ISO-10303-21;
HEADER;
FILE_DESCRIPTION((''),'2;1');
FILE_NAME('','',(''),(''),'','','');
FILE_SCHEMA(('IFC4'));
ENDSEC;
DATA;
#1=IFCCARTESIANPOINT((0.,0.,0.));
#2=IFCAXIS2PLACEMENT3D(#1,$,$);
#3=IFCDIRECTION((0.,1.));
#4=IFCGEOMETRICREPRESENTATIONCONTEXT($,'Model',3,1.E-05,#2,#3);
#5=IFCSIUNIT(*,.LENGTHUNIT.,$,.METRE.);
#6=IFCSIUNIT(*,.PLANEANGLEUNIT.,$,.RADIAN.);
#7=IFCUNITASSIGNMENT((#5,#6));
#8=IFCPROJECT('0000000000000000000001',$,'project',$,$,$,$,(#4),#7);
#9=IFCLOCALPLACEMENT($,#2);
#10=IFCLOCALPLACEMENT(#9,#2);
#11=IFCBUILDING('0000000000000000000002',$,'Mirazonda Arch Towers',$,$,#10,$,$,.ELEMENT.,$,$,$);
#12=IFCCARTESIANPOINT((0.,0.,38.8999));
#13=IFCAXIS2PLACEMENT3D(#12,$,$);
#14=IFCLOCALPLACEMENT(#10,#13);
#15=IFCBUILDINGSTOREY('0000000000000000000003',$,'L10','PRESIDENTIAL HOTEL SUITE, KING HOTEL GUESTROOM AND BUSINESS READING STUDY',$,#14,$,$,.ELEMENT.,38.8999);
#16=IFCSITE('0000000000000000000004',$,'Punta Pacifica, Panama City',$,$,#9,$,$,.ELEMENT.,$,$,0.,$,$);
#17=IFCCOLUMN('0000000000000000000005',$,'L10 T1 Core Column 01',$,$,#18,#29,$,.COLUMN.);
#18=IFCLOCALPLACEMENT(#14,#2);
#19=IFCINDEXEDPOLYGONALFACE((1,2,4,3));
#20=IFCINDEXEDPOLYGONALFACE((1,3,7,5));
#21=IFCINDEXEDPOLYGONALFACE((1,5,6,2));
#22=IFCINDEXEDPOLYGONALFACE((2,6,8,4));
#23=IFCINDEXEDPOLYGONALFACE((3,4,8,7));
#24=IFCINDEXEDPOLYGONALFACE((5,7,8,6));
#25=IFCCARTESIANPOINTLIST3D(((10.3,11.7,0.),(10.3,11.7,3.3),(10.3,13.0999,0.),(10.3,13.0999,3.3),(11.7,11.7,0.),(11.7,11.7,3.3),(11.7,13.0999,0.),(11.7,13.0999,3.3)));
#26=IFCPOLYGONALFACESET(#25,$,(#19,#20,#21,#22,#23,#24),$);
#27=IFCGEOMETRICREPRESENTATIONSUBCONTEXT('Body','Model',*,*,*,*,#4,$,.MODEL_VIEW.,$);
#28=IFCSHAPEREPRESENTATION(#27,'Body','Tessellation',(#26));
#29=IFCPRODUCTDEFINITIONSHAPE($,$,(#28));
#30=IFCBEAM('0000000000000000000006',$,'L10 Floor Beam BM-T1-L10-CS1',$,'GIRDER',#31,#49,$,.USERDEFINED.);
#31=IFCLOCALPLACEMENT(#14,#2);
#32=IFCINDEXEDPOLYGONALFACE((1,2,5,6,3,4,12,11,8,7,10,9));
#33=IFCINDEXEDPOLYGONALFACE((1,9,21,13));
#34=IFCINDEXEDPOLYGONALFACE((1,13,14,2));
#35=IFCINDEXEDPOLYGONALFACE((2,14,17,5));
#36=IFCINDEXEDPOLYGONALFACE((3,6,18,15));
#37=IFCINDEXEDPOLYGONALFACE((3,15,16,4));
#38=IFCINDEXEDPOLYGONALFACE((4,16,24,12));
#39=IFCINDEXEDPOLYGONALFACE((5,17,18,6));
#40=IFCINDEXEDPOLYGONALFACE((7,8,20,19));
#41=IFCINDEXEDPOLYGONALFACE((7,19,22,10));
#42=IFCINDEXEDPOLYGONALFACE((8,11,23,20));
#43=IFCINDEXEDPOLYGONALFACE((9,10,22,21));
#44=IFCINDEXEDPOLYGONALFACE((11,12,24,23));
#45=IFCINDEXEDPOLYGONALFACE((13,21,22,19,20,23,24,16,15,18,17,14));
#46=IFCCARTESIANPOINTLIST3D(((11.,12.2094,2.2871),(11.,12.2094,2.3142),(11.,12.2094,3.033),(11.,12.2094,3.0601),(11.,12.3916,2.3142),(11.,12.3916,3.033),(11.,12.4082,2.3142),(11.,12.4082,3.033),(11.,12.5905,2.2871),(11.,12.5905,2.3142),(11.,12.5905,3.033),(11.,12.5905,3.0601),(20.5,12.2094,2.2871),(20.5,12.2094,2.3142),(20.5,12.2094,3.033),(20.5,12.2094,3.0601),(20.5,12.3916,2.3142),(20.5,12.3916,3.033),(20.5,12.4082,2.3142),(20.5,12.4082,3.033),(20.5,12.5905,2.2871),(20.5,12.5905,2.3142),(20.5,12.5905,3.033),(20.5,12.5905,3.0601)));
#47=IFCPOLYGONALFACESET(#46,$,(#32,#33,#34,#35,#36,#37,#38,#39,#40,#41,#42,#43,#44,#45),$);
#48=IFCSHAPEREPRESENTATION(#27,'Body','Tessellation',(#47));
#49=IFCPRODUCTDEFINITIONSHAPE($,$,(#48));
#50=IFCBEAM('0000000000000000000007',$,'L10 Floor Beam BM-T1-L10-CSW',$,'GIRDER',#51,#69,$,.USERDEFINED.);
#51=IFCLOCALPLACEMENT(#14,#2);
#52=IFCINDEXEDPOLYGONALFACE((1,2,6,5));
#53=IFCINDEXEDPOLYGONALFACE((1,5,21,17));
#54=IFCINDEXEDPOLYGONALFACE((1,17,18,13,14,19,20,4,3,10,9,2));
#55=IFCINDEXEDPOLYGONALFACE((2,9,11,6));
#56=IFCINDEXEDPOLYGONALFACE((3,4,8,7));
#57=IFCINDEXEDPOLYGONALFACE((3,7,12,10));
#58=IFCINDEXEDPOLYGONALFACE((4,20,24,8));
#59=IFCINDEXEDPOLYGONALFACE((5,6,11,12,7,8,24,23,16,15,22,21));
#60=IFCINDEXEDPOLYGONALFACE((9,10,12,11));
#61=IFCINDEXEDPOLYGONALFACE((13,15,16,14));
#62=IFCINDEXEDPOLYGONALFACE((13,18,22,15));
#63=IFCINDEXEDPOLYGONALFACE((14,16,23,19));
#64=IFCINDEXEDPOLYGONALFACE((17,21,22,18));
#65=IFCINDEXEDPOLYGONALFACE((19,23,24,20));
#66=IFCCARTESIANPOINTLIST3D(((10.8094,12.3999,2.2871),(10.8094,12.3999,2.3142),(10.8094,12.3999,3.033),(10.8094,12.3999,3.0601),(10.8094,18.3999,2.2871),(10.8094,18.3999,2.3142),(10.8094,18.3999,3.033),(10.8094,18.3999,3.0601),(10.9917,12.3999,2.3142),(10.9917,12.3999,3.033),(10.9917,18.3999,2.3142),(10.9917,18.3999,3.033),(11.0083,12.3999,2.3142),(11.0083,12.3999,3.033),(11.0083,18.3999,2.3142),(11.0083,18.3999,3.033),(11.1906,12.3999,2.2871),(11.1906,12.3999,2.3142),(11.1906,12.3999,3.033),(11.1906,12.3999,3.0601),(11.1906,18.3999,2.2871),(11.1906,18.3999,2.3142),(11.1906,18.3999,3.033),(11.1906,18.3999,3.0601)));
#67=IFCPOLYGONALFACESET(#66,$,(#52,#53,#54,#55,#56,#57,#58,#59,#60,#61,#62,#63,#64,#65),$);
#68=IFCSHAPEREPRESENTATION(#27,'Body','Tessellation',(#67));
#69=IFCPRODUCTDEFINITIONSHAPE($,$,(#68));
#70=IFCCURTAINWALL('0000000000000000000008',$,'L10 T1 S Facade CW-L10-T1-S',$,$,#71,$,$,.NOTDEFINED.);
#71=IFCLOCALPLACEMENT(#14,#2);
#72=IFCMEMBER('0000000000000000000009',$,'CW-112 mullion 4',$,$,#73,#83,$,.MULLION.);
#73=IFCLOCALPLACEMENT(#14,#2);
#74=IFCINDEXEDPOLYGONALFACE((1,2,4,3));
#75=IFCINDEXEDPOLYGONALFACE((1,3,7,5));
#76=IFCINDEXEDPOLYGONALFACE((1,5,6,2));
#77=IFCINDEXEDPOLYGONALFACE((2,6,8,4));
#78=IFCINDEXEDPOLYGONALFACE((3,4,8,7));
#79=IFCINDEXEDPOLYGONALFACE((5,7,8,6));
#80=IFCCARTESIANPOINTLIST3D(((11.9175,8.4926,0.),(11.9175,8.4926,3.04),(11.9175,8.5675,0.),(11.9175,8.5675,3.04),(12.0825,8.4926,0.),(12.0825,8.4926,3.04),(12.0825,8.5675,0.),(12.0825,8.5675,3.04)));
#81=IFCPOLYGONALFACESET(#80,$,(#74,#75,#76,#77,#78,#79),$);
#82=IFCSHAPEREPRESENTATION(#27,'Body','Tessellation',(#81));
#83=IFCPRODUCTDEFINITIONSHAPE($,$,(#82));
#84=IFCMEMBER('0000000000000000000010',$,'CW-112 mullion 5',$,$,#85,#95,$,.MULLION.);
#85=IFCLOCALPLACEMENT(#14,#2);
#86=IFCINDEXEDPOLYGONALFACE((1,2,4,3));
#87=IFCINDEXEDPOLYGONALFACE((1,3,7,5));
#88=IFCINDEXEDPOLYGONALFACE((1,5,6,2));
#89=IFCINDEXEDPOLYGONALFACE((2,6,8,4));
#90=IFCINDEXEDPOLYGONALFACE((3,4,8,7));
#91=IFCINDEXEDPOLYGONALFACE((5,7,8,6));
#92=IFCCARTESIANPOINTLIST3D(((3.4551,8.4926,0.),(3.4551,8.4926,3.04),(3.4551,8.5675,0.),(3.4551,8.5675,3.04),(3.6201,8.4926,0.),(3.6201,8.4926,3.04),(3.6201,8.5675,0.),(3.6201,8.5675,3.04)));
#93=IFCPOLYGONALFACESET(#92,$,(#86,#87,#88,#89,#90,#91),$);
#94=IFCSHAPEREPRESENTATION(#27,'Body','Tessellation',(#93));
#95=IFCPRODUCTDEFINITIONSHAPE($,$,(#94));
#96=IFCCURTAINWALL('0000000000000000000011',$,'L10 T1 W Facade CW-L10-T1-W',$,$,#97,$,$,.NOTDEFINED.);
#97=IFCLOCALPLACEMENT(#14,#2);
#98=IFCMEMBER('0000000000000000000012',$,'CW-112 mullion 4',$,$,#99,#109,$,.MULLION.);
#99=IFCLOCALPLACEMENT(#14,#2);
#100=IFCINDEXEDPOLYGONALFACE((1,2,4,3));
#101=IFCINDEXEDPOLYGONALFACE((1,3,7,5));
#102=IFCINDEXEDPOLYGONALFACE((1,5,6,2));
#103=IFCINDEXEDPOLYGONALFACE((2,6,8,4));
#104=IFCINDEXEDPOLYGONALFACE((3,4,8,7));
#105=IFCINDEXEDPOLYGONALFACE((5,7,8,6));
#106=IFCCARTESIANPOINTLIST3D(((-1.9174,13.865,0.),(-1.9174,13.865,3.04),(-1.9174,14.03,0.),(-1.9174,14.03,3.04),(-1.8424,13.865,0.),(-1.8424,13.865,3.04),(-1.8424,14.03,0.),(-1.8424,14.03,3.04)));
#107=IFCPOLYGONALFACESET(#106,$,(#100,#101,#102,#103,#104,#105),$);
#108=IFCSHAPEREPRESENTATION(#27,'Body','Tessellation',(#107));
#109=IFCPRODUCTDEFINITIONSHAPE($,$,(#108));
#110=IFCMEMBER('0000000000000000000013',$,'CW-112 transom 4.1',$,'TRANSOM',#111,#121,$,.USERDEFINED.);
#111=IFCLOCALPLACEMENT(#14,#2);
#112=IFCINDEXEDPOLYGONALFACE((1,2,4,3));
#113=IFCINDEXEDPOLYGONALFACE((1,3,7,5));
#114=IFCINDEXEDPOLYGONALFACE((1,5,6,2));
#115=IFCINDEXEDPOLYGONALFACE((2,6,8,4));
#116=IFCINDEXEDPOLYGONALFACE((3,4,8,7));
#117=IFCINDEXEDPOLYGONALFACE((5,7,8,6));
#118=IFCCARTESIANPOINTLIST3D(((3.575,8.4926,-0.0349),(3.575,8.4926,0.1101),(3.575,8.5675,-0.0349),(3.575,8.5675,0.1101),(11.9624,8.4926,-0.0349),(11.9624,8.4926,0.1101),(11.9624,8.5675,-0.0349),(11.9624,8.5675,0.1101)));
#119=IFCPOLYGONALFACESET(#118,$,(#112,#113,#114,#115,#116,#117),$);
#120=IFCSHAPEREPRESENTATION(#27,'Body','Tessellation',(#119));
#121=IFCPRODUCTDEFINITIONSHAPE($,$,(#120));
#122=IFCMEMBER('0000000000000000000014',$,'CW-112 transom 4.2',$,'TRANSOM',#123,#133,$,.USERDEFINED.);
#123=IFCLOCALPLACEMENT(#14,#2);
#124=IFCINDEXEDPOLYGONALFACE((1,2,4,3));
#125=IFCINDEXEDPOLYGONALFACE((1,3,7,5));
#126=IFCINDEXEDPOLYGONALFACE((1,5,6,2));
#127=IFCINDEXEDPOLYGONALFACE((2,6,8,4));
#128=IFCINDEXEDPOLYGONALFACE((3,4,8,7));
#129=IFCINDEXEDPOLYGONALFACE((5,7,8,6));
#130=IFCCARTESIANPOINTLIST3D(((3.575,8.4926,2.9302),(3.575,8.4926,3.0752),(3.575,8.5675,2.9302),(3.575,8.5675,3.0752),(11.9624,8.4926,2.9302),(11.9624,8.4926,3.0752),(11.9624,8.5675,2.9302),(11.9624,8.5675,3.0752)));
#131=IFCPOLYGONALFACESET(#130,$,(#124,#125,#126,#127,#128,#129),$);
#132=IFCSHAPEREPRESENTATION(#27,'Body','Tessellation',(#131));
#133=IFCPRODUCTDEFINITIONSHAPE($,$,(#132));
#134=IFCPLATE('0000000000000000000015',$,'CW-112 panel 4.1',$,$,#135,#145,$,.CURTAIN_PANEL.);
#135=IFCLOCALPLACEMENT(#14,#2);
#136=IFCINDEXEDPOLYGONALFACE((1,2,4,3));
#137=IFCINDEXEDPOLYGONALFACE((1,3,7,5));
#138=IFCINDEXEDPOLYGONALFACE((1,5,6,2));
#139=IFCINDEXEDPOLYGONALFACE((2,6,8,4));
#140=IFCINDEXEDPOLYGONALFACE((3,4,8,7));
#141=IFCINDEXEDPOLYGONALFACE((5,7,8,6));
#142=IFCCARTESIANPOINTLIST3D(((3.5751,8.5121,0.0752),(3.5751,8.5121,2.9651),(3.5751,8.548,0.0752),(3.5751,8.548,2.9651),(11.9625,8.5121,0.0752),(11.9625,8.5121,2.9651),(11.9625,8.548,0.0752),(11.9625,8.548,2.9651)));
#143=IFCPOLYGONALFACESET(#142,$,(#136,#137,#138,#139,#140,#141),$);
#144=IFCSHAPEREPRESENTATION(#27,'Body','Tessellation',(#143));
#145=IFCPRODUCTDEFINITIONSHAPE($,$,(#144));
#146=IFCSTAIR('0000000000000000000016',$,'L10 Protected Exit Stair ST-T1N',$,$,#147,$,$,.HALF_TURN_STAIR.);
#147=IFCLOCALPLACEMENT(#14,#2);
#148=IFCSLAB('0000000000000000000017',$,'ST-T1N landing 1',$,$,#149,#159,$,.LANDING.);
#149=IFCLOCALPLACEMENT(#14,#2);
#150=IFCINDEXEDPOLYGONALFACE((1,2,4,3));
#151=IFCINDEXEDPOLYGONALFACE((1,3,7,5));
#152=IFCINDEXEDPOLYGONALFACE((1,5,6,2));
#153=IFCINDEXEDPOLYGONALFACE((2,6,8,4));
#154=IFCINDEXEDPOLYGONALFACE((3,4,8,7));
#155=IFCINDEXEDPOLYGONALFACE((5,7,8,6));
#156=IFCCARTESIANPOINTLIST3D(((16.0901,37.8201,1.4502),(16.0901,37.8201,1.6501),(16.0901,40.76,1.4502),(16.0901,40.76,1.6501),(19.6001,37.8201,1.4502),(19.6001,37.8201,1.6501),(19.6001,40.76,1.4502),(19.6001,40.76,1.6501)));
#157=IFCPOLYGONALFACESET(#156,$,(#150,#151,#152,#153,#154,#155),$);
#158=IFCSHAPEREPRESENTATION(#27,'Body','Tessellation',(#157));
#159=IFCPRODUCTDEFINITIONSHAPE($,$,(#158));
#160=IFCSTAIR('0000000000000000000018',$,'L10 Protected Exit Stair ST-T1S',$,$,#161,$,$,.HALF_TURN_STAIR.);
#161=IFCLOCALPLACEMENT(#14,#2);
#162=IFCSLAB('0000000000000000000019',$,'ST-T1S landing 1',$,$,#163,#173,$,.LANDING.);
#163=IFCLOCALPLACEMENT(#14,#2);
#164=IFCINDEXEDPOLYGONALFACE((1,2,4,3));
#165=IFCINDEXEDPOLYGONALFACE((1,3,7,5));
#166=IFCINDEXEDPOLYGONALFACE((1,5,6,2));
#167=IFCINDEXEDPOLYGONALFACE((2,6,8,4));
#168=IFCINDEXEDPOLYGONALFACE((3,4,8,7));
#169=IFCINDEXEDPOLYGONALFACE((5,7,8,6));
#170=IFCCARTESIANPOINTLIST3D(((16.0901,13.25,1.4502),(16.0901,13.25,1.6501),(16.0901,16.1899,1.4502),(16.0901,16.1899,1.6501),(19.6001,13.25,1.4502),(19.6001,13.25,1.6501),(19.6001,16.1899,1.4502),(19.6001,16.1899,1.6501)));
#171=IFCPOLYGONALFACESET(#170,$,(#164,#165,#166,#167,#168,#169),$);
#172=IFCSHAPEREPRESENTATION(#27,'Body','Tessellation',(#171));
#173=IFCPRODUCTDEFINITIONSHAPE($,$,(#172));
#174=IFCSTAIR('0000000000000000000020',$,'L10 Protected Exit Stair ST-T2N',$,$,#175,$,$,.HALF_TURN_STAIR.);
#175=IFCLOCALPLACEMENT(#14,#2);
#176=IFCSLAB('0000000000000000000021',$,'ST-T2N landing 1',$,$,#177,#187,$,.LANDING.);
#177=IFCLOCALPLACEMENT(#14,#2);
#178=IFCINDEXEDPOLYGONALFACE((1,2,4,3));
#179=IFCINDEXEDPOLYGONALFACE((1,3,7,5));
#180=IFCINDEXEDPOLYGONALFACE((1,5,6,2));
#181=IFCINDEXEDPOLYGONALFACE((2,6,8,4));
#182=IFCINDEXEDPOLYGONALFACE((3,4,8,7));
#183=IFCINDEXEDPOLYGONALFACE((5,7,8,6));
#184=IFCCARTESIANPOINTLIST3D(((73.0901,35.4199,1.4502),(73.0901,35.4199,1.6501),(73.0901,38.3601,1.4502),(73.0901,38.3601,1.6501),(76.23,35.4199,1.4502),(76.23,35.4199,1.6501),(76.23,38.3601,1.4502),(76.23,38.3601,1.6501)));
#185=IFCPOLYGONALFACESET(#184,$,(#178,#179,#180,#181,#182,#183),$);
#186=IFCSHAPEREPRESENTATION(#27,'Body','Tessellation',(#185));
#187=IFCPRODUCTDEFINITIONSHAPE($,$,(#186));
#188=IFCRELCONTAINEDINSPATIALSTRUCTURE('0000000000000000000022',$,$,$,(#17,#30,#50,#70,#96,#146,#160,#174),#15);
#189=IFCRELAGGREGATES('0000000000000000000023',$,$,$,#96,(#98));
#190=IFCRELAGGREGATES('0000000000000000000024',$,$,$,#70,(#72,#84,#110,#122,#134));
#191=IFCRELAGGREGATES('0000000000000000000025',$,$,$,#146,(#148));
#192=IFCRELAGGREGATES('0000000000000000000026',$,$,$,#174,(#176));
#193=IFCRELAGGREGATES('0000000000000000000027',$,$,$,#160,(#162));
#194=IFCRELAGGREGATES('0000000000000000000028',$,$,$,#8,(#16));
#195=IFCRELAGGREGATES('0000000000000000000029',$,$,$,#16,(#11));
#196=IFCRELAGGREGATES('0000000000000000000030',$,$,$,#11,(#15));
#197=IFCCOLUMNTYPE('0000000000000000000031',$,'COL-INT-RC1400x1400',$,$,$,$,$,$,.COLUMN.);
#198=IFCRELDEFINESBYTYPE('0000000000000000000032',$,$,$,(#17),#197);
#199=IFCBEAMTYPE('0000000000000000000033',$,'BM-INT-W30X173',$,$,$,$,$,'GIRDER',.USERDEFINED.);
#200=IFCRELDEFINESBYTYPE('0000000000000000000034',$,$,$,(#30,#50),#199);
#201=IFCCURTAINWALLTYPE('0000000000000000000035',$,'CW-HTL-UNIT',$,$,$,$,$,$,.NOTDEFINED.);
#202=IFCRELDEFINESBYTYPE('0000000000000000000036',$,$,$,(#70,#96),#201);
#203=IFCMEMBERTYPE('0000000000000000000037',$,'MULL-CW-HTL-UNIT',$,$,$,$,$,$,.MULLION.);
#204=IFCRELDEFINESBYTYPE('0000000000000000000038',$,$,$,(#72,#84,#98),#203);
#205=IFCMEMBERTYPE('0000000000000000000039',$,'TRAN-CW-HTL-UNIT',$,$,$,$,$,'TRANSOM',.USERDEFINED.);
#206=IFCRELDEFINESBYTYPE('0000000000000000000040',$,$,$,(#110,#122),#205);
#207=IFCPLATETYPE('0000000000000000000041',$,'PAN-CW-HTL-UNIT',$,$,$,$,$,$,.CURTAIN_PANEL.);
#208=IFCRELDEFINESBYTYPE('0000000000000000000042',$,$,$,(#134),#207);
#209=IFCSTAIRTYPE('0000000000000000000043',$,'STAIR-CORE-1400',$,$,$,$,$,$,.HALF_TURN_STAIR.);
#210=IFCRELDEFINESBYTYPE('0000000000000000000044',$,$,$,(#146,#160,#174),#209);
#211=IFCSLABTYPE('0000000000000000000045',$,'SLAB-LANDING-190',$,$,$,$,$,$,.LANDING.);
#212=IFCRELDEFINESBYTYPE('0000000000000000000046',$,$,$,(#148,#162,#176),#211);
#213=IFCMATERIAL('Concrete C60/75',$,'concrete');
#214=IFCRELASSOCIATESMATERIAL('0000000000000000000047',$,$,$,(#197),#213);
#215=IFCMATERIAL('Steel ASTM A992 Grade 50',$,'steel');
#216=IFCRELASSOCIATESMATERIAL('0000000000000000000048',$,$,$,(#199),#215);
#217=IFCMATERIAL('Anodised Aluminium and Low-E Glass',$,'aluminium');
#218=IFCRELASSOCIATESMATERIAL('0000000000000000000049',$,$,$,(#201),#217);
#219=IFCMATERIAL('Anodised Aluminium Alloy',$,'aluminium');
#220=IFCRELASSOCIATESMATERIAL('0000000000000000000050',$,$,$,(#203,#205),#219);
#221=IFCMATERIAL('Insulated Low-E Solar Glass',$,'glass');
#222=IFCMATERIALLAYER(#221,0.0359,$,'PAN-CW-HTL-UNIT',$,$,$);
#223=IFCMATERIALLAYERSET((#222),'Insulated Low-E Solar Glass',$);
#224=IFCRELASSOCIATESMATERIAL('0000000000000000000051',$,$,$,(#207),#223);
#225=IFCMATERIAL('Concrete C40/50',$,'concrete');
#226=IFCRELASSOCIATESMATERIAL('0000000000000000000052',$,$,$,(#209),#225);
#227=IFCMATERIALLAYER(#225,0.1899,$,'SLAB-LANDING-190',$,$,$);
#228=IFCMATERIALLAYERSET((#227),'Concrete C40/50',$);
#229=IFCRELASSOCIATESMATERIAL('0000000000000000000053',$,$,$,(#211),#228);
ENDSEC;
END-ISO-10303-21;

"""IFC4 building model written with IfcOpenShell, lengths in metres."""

from ifc_helpers import new_model, si_unit, direction, frame, origin, origin_2d, place, context, subcontext, project, spatial, polyline, rectangle, i_section, outline, extrude, material, layer, layer_set, material_profile, profile_set, type_object, element, aggregate, save


model = new_model("IFC4")

# Units and contexts
model_context = context("Model", 3, precision=1e-05, world=origin(), true_north=direction((0.0, 1.0)))
body_context = subcontext(model_context, "Body", "Model", "MODEL_VIEW")
ifc_project = project(units=[si_unit("LENGTHUNIT", "METRE"), si_unit("PLANEANGLEUNIT", "RADIAN")], contexts=[model_context])

# Site, building, storey
site_placement = place(None, origin())
site = spatial("IfcSite", under=ifc_project, at=site_placement, Name="Punta Pacifica, Panama City", CompositionType="ELEMENT", RefElevation=0.0)
building_placement = place(site_placement, origin())
building = spatial("IfcBuilding", under=site, at=building_placement, Name="Mirazonda Arch Towers", CompositionType="ELEMENT")
storey_placement = place(building_placement, frame((0.0, 0.0, 38.8999)))
storey = spatial("IfcBuildingStorey", under=building, at=storey_placement, Name="L10", Description="PRESIDENTIAL HOTEL SUITE, KING HOTEL GUESTROOM AND BUSINESS READING STUDY", CompositionType="ELEMENT", Elevation=38.8999)

# Column
ifc_material_1 = material(Name="Concrete C60/75", Category="concrete")
ifc_material_profile_1 = material_profile(ifc_material_1, rectangle(XDim=1.3999, YDim=1.3999, at=origin_2d()), Name="RC1400x1400")
ifc_profile_set_1 = profile_set([ifc_material_profile_1], Name="Concrete C60/75")
column_type = type_object("IfcColumnType", Name="COL-INT-RC1400x1400", PredefinedType="COLUMN", material=ifc_profile_set_1)
column_placement = place(storey_placement, frame((11.0, 12.3999, 0.0), z_axis=(0.0, 0.0, 1.0), x_axis=(1.0, 0.0, 0.0)))
element("IfcColumn", 1, at=column_placement, inside=storey, type_object=column_type, Name="L10 T1 Core Column 01", PredefinedType="COLUMN", context=body_context, shape_type="SweptSolid", body=[
    extrude(rectangle(XDim=1.3999, YDim=1.3999, at=origin_2d()), origin(), (0.0, 0.0, 1.0), 3.3),
])

# Beams
ifc_material_2 = material(Name="Steel ASTM A992 Grade 50", Category="steel")
ifc_material_profile_2 = material_profile(ifc_material_2, i_section(OverallWidth=0.3811, OverallDepth=0.7729, WebThickness=0.0166, FlangeThickness=0.0271, at=origin_2d()), Name="W30X173")
ifc_profile_set_2 = profile_set([ifc_material_profile_2], Name="Steel ASTM A992 Grade 50")
beam_type = type_object("IfcBeamType", Name="BM-INT-W30X173", ElementType="GIRDER", PredefinedType="USERDEFINED", material=ifc_profile_set_2)
beam_1_placement = place(storey_placement, frame((11.0, 12.3999, 2.6736), z_axis=(1.0, 0.0, 0.0), x_axis=(0.0, 1.0, 0.0)))
element("IfcBeam", 2, at=beam_1_placement, inside=storey, type_object=beam_type, Name="L10 Floor Beam BM-T1-L10-CS1", ObjectType="GIRDER", PredefinedType="USERDEFINED", context=body_context, shape_type="SweptSolid", body=[
    extrude(i_section(OverallWidth=0.3811, OverallDepth=0.7729, WebThickness=0.0166, FlangeThickness=0.0271, at=origin_2d()), origin(), (0.0, 0.0, 1.0), 9.5),
])
beam_2_placement = place(storey_placement, frame((11.0, 12.3999, 2.6736), z_axis=(0.0, 1.0, 0.0), x_axis=(-1.0, 0.0, 0.0)))
element("IfcBeam", 3, at=beam_2_placement, inside=storey, type_object=beam_type, Name="L10 Floor Beam BM-T1-L10-CSW", ObjectType="GIRDER", PredefinedType="USERDEFINED", context=body_context, shape_type="SweptSolid", body=[
    extrude(i_section(OverallWidth=0.3811, OverallDepth=0.7729, WebThickness=0.0166, FlangeThickness=0.0271, at=origin_2d()), origin(), (0.0, 0.0, 1.0), 6.0),
])

# Curtain wall, members
ifc_material_3 = material(Name="Anodised Aluminium and Low-E Glass", Category="aluminium")
curtain_wall_type = type_object("IfcCurtainWallType", Name="CW-HTL-UNIT", PredefinedType="NOTDEFINED", material=ifc_material_3)
curtain_wall_1_placement = place(storey_placement, origin())
curtain_wall_1 = element("IfcCurtainWall", 4, at=curtain_wall_1_placement, inside=storey, type_object=curtain_wall_type, Name="L10 T1 S Facade CW-L10-T1-S", PredefinedType="NOTDEFINED")
ifc_material_4 = material(Name="Anodised Aluminium Alloy", Category="aluminium")
ifc_material_profile_3 = material_profile(ifc_material_4, rectangle(XDim=0.075, YDim=0.165, at=origin_2d()), Name="ALU-MULL-75x165")
ifc_profile_set_3 = profile_set([ifc_material_profile_3], Name="Anodised Aluminium Alloy")
member_type_1 = type_object("IfcMemberType", Name="MULL-CW-HTL-UNIT", PredefinedType="MULLION", material=ifc_profile_set_3)
member_1_placement = place(storey_placement, frame((12.0, 8.53, 0.0), z_axis=(0.0, 0.0, 1.0), x_axis=(0.0, -1.0, 0.0)))
member_1 = element("IfcMember", 5, at=member_1_placement, type_object=member_type_1, Name="CW-112 mullion 4", PredefinedType="MULLION", context=body_context, shape_type="SweptSolid", body=[
    extrude(rectangle(XDim=0.075, YDim=0.165, at=origin_2d()), origin(), (0.0, 0.0, 1.0), 3.04),
])
member_2_placement = place(storey_placement, frame((3.5376, 8.53, 0.0), z_axis=(0.0, 0.0, 1.0), x_axis=(0.0, -1.0, 0.0)))
member_2 = element("IfcMember", 6, at=member_2_placement, type_object=member_type_1, Name="CW-112 mullion 5", PredefinedType="MULLION", context=body_context, shape_type="SweptSolid", body=[
    extrude(rectangle(XDim=0.075, YDim=0.165, at=origin_2d()), origin(), (0.0, 0.0, 1.0), 3.04),
])

# Curtain wall, member
curtain_wall_2_placement = place(storey_placement, origin())
curtain_wall_2 = element("IfcCurtainWall", 7, at=curtain_wall_2_placement, inside=storey, type_object=curtain_wall_type, Name="L10 T1 W Facade CW-L10-T1-W", PredefinedType="NOTDEFINED")
member_3_placement = place(storey_placement, frame((-1.8799, 13.9475, 0.0), z_axis=(0.0, 0.0, 1.0), x_axis=(1.0, 0.0, 0.0)))
member_3 = element("IfcMember", 8, at=member_3_placement, type_object=member_type_1, Name="CW-112 mullion 4", PredefinedType="MULLION", context=body_context, shape_type="SweptSolid", body=[
    extrude(rectangle(XDim=0.075, YDim=0.165, at=origin_2d()), origin(), (0.0, 0.0, 1.0), 3.04),
])
aggregate(curtain_wall_2, [member_3])

# Members
ifc_material_profile_4 = material_profile(ifc_material_4, rectangle(XDim=0.075, YDim=0.145, at=origin_2d()), Name="ALU-TRAN-75x145")
ifc_profile_set_4 = profile_set([ifc_material_profile_4], Name="Anodised Aluminium Alloy")
member_type_2 = type_object("IfcMemberType", Name="TRAN-CW-HTL-UNIT", ElementType="TRANSOM", PredefinedType="USERDEFINED", material=ifc_profile_set_4)
member_4_placement = place(storey_placement, frame((11.9624, 8.53, 0.0376), z_axis=(-1.0, 0.0, 0.0), x_axis=(0.0, -1.0, 0.0)))
member_4 = element("IfcMember", 9, at=member_4_placement, type_object=member_type_2, Name="CW-112 transom 4.1", ObjectType="TRANSOM", PredefinedType="USERDEFINED", context=body_context, shape_type="SweptSolid", body=[
    extrude(rectangle(XDim=0.075, YDim=0.145, at=origin_2d()), origin(), (0.0, 0.0, 1.0), 8.3875),
])
member_5_placement = place(storey_placement, frame((11.9624, 8.53, 3.0027), z_axis=(-1.0, 0.0, 0.0), x_axis=(0.0, -1.0, 0.0)))
member_5 = element("IfcMember", 10, at=member_5_placement, type_object=member_type_2, Name="CW-112 transom 4.2", ObjectType="TRANSOM", PredefinedType="USERDEFINED", context=body_context, shape_type="SweptSolid", body=[
    extrude(rectangle(XDim=0.075, YDim=0.145, at=origin_2d()), origin(), (0.0, 0.0, 1.0), 8.3875),
])

# Plate
ifc_material_5 = material(Name="Insulated Low-E Solar Glass", Category="glass")
ifc_layer_1 = layer(ifc_material_5, 0.0359, Name="PAN-CW-HTL-UNIT")
ifc_layer_set_1 = layer_set([ifc_layer_1], Name="Insulated Low-E Solar Glass")
plate_type = type_object("IfcPlateType", Name="PAN-CW-HTL-UNIT", PredefinedType="CURTAIN_PANEL", material=ifc_layer_set_1)
plate_placement = place(storey_placement, frame((7.7688, 8.53, 0.0752), z_axis=(0.0, 0.0, 1.0), x_axis=(-1.0, 0.0, 0.0)))
plate = element("IfcPlate", 11, at=plate_placement, type_object=plate_type, Name="CW-112 panel 4.1", PredefinedType="CURTAIN_PANEL", context=body_context, shape_type="SweptSolid", body=[
    extrude(rectangle(XDim=8.3875, YDim=0.0359, at=origin_2d()), origin(), (0.0, 0.0, 1.0), 2.8899),
])
aggregate(curtain_wall_1, [member_1, member_2, member_4, member_5, plate])

# Stairs, slabs
ifc_material_6 = material(Name="Concrete C40/50", Category="concrete")
stair_type = type_object("IfcStairType", Name="STAIR-CORE-1400", PredefinedType="HALF_TURN_STAIR", material=ifc_material_6)
stair_1_placement = place(storey_placement, origin())
stair_1 = element("IfcStair", 12, at=stair_1_placement, inside=storey, type_object=stair_type, Name="L10 Protected Exit Stair ST-T1N", PredefinedType="HALF_TURN_STAIR")
ifc_layer_2 = layer(ifc_material_6, 0.1899, Name="SLAB-LANDING-190")
ifc_layer_set_2 = layer_set([ifc_layer_2], Name="Concrete C40/50")
slab_type_1 = type_object("IfcSlabType", Name="SLAB-LANDING-190", PredefinedType="LANDING", material=ifc_layer_set_2)
slab_1_placement = place(storey_placement, frame((0.0, 0.0, 1.4502)))
slab_1 = element("IfcSlab", 13, at=slab_1_placement, type_object=slab_type_1, Name="ST-T1N landing 1", PredefinedType="LANDING", context=body_context, shape_type="SweptSolid", body=[
    extrude(outline(polyline([(16.0901, 37.8201), (19.6001, 37.8201), (19.6001, 40.76), (16.0901, 40.76), (16.0901, 37.8201)])), origin(), (0.0, 0.0, 1.0), 0.2),
])
aggregate(stair_1, [slab_1])
stair_2_placement = place(storey_placement, origin())
stair_2 = element("IfcStair", 14, at=stair_2_placement, inside=storey, type_object=stair_type, Name="L10 Protected Exit Stair ST-T1S", PredefinedType="HALF_TURN_STAIR")
slab_2_placement = place(storey_placement, frame((0.0, 0.0, 1.4502)))
slab_2 = element("IfcSlab", 15, at=slab_2_placement, type_object=slab_type_1, Name="ST-T1S landing 1", PredefinedType="LANDING", context=body_context, shape_type="SweptSolid", body=[
    extrude(outline(polyline([(16.0901, 13.25), (19.6001, 13.25), (19.6001, 16.1899), (16.0901, 16.1899), (16.0901, 13.25)])), origin(), (0.0, 0.0, 1.0), 0.2),
])
stair_3_placement = place(storey_placement, origin())
stair_3 = element("IfcStair", 16, at=stair_3_placement, inside=storey, type_object=stair_type, Name="L10 Protected Exit Stair ST-T2N", PredefinedType="HALF_TURN_STAIR")
slab_3_placement = place(storey_placement, frame((0.0, 0.0, 1.4502)))
slab_3 = element("IfcSlab", 17, at=slab_3_placement, type_object=slab_type_1, Name="ST-T2N landing 1", PredefinedType="LANDING", context=body_context, shape_type="SweptSolid", body=[
    extrude(outline(polyline([(73.0901, 35.4199), (76.23, 35.4199), (76.23, 38.3601), (73.0901, 38.3601), (73.0901, 35.4199)])), origin(), (0.0, 0.0, 1.0), 0.2),
])
aggregate(stair_3, [slab_3])

aggregate(stair_2, [slab_2])

save(model, "model.ifc")
